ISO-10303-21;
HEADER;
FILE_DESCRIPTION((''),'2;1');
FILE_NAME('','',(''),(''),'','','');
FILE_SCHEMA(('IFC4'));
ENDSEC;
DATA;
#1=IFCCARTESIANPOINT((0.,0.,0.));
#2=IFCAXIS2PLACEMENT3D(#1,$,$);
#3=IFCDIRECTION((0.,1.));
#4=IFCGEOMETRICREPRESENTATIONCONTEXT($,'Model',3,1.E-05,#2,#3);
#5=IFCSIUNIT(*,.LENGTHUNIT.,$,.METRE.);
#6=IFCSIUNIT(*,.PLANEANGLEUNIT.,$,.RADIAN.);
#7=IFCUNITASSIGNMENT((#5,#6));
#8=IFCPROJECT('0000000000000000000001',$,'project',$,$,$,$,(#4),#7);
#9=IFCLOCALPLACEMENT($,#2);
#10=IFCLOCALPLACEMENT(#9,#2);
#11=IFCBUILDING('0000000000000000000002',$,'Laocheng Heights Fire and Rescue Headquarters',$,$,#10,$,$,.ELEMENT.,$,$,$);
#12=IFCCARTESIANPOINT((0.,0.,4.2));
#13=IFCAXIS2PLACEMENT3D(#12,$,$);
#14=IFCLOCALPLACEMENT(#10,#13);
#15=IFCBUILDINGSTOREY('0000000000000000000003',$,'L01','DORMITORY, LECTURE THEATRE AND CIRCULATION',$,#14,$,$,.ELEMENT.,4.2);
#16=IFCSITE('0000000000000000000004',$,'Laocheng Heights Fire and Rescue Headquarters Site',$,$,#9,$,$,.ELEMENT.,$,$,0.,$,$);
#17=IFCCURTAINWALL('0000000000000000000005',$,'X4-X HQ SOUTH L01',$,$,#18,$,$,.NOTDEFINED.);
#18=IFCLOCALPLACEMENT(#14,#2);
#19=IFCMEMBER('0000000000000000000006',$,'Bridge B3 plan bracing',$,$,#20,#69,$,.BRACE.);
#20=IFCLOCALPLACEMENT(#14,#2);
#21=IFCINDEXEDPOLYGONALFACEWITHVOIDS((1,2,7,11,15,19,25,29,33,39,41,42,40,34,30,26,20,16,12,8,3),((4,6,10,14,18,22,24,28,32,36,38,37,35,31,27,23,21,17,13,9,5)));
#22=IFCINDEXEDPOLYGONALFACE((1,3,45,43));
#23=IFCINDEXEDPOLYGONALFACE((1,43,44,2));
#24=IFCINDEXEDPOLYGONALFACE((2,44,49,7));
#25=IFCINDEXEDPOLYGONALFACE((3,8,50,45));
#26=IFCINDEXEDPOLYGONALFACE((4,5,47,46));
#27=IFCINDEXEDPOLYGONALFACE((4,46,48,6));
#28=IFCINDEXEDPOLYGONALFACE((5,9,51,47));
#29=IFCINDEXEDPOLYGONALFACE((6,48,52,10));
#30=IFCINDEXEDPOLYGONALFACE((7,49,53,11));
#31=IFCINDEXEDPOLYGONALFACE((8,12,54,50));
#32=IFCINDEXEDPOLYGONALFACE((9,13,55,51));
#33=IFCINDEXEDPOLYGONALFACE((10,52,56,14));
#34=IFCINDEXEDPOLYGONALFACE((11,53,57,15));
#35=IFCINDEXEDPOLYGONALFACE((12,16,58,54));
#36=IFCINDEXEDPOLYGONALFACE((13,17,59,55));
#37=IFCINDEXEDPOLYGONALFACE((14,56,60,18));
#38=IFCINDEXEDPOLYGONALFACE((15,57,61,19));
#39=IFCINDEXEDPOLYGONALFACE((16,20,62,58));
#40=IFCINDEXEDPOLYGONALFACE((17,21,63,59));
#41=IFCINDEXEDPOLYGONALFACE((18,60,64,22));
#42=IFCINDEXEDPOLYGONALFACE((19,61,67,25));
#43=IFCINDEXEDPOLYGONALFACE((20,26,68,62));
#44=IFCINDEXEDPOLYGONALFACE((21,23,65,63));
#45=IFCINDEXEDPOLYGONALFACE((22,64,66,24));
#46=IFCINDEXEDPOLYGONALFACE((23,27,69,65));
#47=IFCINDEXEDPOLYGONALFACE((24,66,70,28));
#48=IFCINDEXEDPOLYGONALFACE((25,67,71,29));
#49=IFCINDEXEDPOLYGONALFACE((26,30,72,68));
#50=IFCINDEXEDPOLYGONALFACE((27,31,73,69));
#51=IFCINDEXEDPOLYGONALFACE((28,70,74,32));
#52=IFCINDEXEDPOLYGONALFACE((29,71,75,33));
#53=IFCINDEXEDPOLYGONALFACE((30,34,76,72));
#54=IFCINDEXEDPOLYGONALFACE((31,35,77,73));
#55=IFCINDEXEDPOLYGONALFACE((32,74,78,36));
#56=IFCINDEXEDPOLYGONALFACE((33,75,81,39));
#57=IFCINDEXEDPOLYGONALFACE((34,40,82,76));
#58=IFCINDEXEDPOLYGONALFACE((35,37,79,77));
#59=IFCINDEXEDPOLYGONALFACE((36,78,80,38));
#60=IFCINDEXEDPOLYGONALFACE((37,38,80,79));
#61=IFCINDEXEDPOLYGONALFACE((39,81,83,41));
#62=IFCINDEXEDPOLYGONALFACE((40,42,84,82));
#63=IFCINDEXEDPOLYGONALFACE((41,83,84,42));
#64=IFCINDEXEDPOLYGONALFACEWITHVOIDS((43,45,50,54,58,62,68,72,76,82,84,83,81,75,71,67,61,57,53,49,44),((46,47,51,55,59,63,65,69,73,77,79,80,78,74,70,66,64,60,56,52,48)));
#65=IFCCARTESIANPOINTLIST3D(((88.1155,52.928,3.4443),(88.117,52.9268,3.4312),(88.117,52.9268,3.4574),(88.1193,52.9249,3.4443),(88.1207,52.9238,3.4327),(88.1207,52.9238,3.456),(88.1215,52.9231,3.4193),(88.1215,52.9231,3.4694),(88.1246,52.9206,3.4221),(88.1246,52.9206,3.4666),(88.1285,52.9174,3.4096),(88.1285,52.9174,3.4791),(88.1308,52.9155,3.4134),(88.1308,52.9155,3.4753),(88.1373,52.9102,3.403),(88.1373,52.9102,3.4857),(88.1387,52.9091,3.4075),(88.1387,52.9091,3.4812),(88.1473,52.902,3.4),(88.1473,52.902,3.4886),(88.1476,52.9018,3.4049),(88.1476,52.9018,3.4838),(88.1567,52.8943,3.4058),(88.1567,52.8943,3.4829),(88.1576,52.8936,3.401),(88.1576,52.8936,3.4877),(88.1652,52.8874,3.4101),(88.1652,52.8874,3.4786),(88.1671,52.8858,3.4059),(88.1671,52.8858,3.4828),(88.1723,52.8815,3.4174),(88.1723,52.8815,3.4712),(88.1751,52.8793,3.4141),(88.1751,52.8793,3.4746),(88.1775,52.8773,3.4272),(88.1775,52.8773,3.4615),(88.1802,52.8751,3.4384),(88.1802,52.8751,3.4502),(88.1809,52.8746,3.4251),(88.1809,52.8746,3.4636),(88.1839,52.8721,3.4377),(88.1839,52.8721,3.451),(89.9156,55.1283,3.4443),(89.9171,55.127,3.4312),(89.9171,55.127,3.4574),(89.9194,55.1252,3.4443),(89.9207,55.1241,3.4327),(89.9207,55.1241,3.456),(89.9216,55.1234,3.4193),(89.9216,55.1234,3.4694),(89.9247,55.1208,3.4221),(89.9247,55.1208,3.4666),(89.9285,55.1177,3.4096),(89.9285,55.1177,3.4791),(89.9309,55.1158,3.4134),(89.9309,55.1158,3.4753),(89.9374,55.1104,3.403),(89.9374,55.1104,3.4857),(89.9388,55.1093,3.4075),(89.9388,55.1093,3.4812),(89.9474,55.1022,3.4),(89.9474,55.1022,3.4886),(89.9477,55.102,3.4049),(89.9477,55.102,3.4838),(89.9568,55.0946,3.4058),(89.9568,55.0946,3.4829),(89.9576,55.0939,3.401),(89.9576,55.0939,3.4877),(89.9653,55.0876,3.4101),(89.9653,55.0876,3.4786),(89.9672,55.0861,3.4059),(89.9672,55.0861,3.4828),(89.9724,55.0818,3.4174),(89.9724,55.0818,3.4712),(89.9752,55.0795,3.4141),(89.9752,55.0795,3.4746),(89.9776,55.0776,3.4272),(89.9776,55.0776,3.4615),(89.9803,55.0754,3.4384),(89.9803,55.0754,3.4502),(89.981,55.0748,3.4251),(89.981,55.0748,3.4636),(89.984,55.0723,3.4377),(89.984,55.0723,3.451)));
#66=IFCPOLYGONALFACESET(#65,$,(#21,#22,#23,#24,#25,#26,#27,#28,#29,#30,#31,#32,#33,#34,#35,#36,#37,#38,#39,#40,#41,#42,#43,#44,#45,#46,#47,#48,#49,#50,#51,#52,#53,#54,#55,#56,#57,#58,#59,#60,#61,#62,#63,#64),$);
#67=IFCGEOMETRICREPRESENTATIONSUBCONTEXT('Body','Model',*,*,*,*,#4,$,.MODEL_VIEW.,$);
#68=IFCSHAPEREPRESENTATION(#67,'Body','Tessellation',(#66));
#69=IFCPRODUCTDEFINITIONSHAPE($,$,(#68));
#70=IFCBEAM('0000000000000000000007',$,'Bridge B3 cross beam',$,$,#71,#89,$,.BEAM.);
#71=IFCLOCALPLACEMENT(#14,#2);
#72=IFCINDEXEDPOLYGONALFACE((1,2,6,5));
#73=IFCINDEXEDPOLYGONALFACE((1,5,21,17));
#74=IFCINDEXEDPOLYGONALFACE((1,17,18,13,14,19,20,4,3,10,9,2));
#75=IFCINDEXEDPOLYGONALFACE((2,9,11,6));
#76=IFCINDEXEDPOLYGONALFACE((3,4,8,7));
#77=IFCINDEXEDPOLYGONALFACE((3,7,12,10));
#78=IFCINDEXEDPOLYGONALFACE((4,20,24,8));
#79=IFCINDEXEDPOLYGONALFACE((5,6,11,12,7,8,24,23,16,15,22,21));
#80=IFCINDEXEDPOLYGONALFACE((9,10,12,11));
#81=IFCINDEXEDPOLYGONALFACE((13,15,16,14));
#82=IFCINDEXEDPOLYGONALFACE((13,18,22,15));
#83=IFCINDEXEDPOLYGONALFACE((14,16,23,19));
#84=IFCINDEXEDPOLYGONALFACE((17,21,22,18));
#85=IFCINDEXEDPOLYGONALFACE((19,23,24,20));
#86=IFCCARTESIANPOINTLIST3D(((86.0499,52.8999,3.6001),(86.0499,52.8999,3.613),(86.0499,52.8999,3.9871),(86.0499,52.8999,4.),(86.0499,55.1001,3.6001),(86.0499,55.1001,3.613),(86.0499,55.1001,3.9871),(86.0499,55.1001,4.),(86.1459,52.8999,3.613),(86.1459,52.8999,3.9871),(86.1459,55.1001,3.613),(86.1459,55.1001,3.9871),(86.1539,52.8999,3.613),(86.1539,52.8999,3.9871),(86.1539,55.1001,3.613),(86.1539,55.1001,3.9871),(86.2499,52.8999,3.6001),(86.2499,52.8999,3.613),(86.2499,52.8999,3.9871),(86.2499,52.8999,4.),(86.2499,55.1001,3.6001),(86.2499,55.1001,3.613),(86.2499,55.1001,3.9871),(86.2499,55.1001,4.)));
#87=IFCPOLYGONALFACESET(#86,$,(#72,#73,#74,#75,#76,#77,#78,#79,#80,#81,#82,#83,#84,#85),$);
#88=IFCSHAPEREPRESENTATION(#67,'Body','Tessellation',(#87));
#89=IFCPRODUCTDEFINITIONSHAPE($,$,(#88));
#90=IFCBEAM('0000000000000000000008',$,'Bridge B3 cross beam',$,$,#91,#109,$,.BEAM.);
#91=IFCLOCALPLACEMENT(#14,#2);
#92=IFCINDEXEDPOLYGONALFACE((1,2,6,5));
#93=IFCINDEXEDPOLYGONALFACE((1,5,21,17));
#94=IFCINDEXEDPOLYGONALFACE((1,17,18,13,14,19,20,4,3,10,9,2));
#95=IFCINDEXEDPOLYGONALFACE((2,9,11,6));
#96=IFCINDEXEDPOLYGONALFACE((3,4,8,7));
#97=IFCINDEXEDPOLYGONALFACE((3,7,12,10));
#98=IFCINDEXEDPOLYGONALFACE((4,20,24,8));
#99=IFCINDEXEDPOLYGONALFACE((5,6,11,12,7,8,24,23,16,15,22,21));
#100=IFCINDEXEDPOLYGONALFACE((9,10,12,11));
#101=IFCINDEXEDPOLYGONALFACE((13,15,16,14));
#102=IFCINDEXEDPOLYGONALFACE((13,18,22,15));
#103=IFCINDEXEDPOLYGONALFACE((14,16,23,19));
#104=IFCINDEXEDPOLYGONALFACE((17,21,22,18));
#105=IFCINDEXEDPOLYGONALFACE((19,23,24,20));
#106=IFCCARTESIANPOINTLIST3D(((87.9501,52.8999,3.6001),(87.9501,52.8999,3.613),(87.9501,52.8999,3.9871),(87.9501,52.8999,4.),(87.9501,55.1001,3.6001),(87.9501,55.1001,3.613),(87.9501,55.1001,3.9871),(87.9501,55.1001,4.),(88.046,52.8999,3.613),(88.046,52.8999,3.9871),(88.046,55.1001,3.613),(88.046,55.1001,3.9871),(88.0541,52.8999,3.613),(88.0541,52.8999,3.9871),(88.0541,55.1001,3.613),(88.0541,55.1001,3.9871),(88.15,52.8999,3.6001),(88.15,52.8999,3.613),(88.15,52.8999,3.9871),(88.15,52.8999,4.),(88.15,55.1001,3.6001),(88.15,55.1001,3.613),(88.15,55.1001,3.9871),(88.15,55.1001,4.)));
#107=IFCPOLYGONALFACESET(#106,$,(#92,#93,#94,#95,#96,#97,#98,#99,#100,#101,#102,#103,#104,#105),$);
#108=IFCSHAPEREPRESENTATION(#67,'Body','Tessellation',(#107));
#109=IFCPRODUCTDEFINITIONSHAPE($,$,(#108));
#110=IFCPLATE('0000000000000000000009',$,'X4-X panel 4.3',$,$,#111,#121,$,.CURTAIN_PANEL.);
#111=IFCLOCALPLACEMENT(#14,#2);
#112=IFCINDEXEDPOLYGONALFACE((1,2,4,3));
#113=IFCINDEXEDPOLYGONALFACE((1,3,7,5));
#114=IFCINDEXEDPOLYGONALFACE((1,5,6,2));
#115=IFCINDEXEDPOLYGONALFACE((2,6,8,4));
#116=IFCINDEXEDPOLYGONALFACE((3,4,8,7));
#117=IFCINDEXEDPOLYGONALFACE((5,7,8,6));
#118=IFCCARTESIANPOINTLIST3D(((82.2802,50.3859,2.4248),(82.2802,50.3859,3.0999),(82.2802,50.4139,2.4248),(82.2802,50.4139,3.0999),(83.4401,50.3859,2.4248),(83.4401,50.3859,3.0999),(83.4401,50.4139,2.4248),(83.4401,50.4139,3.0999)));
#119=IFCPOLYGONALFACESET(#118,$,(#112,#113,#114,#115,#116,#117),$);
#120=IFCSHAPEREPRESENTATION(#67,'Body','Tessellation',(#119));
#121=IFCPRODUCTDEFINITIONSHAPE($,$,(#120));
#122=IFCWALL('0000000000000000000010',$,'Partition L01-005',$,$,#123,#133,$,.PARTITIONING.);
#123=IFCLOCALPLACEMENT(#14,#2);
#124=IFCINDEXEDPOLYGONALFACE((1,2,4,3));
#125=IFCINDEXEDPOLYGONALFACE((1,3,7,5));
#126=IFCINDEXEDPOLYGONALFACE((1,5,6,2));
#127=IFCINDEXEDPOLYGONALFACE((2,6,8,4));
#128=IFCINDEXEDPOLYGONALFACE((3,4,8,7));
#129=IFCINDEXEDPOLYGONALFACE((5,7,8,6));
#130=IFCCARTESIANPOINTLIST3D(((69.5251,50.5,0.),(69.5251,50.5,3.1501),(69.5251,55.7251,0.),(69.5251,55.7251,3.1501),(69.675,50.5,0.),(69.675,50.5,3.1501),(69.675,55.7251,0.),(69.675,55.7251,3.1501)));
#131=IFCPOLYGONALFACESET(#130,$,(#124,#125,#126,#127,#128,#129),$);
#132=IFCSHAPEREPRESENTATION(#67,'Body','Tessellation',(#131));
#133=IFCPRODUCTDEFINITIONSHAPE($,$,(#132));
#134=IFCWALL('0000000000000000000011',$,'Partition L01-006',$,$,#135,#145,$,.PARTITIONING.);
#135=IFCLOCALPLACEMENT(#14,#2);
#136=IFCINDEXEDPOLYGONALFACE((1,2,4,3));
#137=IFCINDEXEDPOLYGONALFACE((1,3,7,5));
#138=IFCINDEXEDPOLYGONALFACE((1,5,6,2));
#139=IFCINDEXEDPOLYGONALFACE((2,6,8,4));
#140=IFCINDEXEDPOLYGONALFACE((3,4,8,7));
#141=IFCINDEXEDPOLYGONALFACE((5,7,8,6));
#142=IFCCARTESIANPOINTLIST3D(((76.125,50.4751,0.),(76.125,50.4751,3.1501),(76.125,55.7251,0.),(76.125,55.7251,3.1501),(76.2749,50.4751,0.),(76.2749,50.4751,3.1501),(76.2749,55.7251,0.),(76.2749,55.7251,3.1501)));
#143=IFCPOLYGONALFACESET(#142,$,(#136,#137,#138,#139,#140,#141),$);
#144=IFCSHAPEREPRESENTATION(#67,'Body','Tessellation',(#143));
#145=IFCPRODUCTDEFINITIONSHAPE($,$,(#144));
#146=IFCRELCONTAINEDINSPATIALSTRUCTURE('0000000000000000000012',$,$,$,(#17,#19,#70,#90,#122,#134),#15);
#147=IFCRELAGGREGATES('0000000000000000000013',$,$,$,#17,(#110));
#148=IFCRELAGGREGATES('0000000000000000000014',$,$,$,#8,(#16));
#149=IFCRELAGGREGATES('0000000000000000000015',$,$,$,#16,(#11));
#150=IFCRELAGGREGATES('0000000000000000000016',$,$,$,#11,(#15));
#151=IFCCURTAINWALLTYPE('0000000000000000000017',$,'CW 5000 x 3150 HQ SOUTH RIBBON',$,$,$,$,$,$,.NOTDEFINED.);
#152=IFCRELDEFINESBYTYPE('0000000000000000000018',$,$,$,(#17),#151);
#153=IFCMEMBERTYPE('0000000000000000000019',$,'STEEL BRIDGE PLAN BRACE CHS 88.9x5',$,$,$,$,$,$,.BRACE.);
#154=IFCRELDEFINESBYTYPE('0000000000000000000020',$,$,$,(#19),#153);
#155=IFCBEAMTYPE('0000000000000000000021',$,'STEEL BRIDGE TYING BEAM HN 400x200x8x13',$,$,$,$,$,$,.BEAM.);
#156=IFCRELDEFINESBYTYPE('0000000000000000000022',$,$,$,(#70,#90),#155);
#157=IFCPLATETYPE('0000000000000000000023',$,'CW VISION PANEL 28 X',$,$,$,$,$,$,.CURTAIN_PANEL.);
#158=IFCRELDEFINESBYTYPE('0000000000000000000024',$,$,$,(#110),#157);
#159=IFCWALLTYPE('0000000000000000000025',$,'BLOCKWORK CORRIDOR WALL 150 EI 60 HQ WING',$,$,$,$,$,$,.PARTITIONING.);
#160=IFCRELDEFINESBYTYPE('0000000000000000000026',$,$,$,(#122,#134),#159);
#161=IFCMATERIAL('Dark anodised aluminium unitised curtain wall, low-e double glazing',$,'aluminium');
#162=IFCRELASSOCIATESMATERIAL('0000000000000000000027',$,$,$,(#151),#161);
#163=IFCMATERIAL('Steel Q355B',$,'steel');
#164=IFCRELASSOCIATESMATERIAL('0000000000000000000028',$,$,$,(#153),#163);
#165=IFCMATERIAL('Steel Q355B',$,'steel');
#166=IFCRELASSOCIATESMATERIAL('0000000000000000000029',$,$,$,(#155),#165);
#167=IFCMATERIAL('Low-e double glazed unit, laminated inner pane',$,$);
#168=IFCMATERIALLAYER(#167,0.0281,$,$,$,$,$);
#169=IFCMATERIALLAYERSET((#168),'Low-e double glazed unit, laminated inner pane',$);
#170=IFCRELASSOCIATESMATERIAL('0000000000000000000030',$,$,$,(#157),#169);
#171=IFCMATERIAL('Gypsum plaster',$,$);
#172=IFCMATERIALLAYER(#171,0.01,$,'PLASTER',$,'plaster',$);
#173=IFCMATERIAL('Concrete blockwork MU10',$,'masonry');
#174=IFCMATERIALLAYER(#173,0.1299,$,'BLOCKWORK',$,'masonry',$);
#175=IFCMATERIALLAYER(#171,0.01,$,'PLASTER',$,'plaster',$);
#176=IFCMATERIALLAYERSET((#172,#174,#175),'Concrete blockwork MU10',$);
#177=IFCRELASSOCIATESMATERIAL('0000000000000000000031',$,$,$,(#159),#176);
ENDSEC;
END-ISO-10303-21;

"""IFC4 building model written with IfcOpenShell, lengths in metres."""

from ifc_helpers import new_model, si_unit, direction, frame, frame_2d, origin, origin_2d, place, context, subcontext, project, spatial, rectangle, hollow_circle, i_section, extrude, material, layer, layer_set, material_profile, profile_set, type_object, element, aggregate, save


model = new_model("IFC4")

# Units and contexts
model_context = context("Model", 3, precision=1e-05, world=origin(), true_north=direction((0.0, 1.0)))
body_context = subcontext(model_context, "Body", "Model", "MODEL_VIEW")
ifc_project = project(units=[si_unit("LENGTHUNIT", "METRE"), si_unit("PLANEANGLEUNIT", "RADIAN")], contexts=[model_context])

# Site, building, storey
site_placement = place(None, origin())
site = spatial("IfcSite", under=ifc_project, at=site_placement, Name="Laocheng Heights Fire and Rescue Headquarters Site", CompositionType="ELEMENT", RefElevation=0.0)
building_placement = place(site_placement, origin())
building = spatial("IfcBuilding", under=site, at=building_placement, Name="Laocheng Heights Fire and Rescue Headquarters", CompositionType="ELEMENT")
storey_placement = place(building_placement, frame((0.0, 0.0, 4.2)))
storey = spatial("IfcBuildingStorey", under=building, at=storey_placement, Name="L01", Description="DORMITORY, LECTURE THEATRE AND CIRCULATION", CompositionType="ELEMENT", Elevation=4.2)

# Curtain wall
ifc_material_1 = material(Name="Dark anodised aluminium unitised curtain wall, low-e double glazing", Category="aluminium")
curtain_wall_type = type_object("IfcCurtainWallType", Name="CW 5000 x 3150 HQ SOUTH RIBBON", PredefinedType="NOTDEFINED", material=ifc_material_1)
curtain_wall_placement = place(storey_placement, origin())
curtain_wall = element("IfcCurtainWall", 1, at=curtain_wall_placement, inside=storey, type_object=curtain_wall_type, Name="X4-X HQ SOUTH L01", PredefinedType="NOTDEFINED")

# Member
ifc_material_2 = material(Name="Steel Q355B", Category="steel")
ifc_material_profile_1 = material_profile(ifc_material_2, hollow_circle(Radius=0.0444, WallThickness=0.0049, at=origin_2d()), Name="CHS 88.9x5")
ifc_profile_set_1 = profile_set([ifc_material_profile_1], Name="Steel Q355B")
member_type_1 = type_object("IfcMemberType", Name="STEEL BRIDGE PLAN BRACE CHS 88.9x5", PredefinedType="BRACE", material=ifc_profile_set_1)
for number, where, z_axis, x_axis, name in (
    (2, (88.1499, 52.8999, 3.4443), (0.633214, 0.773976, 0.0), (-0.773976, 0.633214, 0.0), "Bridge B3 plan bracing"),
):
    element("IfcMember", number, at=place(storey_placement, frame(where, z_axis=z_axis, x_axis=x_axis)), inside=storey, type_object=member_type_1, Name=name, PredefinedType="BRACE", context=body_context, shape_type="SweptSolid", body=[
        extrude(hollow_circle(Radius=0.0444, WallThickness=0.0049, at=origin_2d()), origin(), (0.0, 0.0, 1.0), 2.8428),
    ])

# Beams
ifc_material_3 = material(Name="Steel Q355B", Category="steel")
ifc_material_profile_2 = material_profile(ifc_material_3, i_section(OverallWidth=0.2, OverallDepth=0.3999, WebThickness=0.0081, FlangeThickness=0.0129, at=origin_2d()), Name="HN 400x200x8x13")
ifc_profile_set_2 = profile_set([ifc_material_profile_2], Name="Steel Q355B")
beam_type_1 = type_object("IfcBeamType", Name="STEEL BRIDGE TYING BEAM HN 400x200x8x13", PredefinedType="BEAM", material=ifc_profile_set_2)
for number, where, z_axis, x_axis, name in (
    (3, (86.1499, 52.8999, 3.8), (0.0, 1.0, 0.0), (-1.0, 0.0, 0.0), "Bridge B3 cross beam"),
    (4, (88.05, 52.8999, 3.8), (0.0, 1.0, 0.0), (-1.0, 0.0, 0.0), "Bridge B3 cross beam"),
):
    element("IfcBeam", number, at=place(storey_placement, frame(where, z_axis=z_axis, x_axis=x_axis)), inside=storey, type_object=beam_type_1, Name=name, PredefinedType="BEAM", context=body_context, shape_type="SweptSolid", body=[
        extrude(i_section(OverallWidth=0.2, OverallDepth=0.3999, WebThickness=0.0081, FlangeThickness=0.0129, at=origin_2d()), origin(), (0.0, 0.0, 1.0), 2.2002),
    ])

# Plate
ifc_material_4 = material(Name="Low-e double glazed unit, laminated inner pane")
ifc_layer_1 = layer(ifc_material_4, 0.0281)
ifc_layer_set_1 = layer_set([ifc_layer_1], Name="Low-e double glazed unit, laminated inner pane")
plate_type = type_object("IfcPlateType", Name="CW VISION PANEL 28 X", PredefinedType="CURTAIN_PANEL", material=ifc_layer_set_1)
plate_placement = place(storey_placement, frame((82.8601, 50.3999, 2.4248), z_axis=(0.0, 0.0, 1.0), x_axis=(1.0, 0.0, 0.0)))
plate = element("IfcPlate", 5, at=plate_placement, type_object=plate_type, Name="X4-X panel 4.3", PredefinedType="CURTAIN_PANEL", context=body_context, shape_type="SweptSolid", body=[
    extrude(rectangle(XDim=1.1599, YDim=0.0281, at=origin_2d()), origin(), (0.0, 0.0, 1.0), 0.675),
])
aggregate(curtain_wall, [plate])

# Walls
ifc_material_5 = material(Name="Gypsum plaster")
ifc_layer_2 = layer(ifc_material_5, 0.01, Name="PLASTER", Category="plaster")
ifc_material_6 = material(Name="Concrete blockwork MU10", Category="masonry")
ifc_layer_3 = layer(ifc_material_6, 0.1299, Name="BLOCKWORK", Category="masonry")
ifc_layer_4 = layer(ifc_material_5, 0.01, Name="PLASTER", Category="plaster")
ifc_layer_set_2 = layer_set([ifc_layer_2, ifc_layer_3, ifc_layer_4], Name="Concrete blockwork MU10")
wall_type_1 = type_object("IfcWallType", Name="BLOCKWORK CORRIDOR WALL 150 EI 60 HQ WING", PredefinedType="PARTITIONING", material=ifc_layer_set_2)
wall_1_placement = place(storey_placement, frame((69.6001, 50.5, 0.0), z_axis=(0.0, 0.0, 1.0), x_axis=(0.0, 1.0, 0.0)))
element("IfcWall", 6, at=wall_1_placement, inside=storey, type_object=wall_type_1, Name="Partition L01-005", PredefinedType="PARTITIONING", context=body_context, shape_type="SweptSolid", body=[
    extrude(rectangle(XDim=5.2251, YDim=0.1499, at=frame_2d((2.6125, 0.0))), origin(), (0.0, 0.0, 1.0), 3.1501),
])
wall_2_placement = place(storey_placement, frame((76.2, 50.4751, 0.0), z_axis=(0.0, 0.0, 1.0), x_axis=(0.0, 1.0, 0.0)))
element("IfcWall", 7, at=wall_2_placement, inside=storey, type_object=wall_type_1, Name="Partition L01-006", PredefinedType="PARTITIONING", context=body_context, shape_type="SweptSolid", body=[
    extrude(rectangle(XDim=5.25, YDim=0.1499, at=frame_2d((2.625, 0.0))), origin(), (0.0, 0.0, 1.0), 3.1501),
])

save(model, "model.ifc")
